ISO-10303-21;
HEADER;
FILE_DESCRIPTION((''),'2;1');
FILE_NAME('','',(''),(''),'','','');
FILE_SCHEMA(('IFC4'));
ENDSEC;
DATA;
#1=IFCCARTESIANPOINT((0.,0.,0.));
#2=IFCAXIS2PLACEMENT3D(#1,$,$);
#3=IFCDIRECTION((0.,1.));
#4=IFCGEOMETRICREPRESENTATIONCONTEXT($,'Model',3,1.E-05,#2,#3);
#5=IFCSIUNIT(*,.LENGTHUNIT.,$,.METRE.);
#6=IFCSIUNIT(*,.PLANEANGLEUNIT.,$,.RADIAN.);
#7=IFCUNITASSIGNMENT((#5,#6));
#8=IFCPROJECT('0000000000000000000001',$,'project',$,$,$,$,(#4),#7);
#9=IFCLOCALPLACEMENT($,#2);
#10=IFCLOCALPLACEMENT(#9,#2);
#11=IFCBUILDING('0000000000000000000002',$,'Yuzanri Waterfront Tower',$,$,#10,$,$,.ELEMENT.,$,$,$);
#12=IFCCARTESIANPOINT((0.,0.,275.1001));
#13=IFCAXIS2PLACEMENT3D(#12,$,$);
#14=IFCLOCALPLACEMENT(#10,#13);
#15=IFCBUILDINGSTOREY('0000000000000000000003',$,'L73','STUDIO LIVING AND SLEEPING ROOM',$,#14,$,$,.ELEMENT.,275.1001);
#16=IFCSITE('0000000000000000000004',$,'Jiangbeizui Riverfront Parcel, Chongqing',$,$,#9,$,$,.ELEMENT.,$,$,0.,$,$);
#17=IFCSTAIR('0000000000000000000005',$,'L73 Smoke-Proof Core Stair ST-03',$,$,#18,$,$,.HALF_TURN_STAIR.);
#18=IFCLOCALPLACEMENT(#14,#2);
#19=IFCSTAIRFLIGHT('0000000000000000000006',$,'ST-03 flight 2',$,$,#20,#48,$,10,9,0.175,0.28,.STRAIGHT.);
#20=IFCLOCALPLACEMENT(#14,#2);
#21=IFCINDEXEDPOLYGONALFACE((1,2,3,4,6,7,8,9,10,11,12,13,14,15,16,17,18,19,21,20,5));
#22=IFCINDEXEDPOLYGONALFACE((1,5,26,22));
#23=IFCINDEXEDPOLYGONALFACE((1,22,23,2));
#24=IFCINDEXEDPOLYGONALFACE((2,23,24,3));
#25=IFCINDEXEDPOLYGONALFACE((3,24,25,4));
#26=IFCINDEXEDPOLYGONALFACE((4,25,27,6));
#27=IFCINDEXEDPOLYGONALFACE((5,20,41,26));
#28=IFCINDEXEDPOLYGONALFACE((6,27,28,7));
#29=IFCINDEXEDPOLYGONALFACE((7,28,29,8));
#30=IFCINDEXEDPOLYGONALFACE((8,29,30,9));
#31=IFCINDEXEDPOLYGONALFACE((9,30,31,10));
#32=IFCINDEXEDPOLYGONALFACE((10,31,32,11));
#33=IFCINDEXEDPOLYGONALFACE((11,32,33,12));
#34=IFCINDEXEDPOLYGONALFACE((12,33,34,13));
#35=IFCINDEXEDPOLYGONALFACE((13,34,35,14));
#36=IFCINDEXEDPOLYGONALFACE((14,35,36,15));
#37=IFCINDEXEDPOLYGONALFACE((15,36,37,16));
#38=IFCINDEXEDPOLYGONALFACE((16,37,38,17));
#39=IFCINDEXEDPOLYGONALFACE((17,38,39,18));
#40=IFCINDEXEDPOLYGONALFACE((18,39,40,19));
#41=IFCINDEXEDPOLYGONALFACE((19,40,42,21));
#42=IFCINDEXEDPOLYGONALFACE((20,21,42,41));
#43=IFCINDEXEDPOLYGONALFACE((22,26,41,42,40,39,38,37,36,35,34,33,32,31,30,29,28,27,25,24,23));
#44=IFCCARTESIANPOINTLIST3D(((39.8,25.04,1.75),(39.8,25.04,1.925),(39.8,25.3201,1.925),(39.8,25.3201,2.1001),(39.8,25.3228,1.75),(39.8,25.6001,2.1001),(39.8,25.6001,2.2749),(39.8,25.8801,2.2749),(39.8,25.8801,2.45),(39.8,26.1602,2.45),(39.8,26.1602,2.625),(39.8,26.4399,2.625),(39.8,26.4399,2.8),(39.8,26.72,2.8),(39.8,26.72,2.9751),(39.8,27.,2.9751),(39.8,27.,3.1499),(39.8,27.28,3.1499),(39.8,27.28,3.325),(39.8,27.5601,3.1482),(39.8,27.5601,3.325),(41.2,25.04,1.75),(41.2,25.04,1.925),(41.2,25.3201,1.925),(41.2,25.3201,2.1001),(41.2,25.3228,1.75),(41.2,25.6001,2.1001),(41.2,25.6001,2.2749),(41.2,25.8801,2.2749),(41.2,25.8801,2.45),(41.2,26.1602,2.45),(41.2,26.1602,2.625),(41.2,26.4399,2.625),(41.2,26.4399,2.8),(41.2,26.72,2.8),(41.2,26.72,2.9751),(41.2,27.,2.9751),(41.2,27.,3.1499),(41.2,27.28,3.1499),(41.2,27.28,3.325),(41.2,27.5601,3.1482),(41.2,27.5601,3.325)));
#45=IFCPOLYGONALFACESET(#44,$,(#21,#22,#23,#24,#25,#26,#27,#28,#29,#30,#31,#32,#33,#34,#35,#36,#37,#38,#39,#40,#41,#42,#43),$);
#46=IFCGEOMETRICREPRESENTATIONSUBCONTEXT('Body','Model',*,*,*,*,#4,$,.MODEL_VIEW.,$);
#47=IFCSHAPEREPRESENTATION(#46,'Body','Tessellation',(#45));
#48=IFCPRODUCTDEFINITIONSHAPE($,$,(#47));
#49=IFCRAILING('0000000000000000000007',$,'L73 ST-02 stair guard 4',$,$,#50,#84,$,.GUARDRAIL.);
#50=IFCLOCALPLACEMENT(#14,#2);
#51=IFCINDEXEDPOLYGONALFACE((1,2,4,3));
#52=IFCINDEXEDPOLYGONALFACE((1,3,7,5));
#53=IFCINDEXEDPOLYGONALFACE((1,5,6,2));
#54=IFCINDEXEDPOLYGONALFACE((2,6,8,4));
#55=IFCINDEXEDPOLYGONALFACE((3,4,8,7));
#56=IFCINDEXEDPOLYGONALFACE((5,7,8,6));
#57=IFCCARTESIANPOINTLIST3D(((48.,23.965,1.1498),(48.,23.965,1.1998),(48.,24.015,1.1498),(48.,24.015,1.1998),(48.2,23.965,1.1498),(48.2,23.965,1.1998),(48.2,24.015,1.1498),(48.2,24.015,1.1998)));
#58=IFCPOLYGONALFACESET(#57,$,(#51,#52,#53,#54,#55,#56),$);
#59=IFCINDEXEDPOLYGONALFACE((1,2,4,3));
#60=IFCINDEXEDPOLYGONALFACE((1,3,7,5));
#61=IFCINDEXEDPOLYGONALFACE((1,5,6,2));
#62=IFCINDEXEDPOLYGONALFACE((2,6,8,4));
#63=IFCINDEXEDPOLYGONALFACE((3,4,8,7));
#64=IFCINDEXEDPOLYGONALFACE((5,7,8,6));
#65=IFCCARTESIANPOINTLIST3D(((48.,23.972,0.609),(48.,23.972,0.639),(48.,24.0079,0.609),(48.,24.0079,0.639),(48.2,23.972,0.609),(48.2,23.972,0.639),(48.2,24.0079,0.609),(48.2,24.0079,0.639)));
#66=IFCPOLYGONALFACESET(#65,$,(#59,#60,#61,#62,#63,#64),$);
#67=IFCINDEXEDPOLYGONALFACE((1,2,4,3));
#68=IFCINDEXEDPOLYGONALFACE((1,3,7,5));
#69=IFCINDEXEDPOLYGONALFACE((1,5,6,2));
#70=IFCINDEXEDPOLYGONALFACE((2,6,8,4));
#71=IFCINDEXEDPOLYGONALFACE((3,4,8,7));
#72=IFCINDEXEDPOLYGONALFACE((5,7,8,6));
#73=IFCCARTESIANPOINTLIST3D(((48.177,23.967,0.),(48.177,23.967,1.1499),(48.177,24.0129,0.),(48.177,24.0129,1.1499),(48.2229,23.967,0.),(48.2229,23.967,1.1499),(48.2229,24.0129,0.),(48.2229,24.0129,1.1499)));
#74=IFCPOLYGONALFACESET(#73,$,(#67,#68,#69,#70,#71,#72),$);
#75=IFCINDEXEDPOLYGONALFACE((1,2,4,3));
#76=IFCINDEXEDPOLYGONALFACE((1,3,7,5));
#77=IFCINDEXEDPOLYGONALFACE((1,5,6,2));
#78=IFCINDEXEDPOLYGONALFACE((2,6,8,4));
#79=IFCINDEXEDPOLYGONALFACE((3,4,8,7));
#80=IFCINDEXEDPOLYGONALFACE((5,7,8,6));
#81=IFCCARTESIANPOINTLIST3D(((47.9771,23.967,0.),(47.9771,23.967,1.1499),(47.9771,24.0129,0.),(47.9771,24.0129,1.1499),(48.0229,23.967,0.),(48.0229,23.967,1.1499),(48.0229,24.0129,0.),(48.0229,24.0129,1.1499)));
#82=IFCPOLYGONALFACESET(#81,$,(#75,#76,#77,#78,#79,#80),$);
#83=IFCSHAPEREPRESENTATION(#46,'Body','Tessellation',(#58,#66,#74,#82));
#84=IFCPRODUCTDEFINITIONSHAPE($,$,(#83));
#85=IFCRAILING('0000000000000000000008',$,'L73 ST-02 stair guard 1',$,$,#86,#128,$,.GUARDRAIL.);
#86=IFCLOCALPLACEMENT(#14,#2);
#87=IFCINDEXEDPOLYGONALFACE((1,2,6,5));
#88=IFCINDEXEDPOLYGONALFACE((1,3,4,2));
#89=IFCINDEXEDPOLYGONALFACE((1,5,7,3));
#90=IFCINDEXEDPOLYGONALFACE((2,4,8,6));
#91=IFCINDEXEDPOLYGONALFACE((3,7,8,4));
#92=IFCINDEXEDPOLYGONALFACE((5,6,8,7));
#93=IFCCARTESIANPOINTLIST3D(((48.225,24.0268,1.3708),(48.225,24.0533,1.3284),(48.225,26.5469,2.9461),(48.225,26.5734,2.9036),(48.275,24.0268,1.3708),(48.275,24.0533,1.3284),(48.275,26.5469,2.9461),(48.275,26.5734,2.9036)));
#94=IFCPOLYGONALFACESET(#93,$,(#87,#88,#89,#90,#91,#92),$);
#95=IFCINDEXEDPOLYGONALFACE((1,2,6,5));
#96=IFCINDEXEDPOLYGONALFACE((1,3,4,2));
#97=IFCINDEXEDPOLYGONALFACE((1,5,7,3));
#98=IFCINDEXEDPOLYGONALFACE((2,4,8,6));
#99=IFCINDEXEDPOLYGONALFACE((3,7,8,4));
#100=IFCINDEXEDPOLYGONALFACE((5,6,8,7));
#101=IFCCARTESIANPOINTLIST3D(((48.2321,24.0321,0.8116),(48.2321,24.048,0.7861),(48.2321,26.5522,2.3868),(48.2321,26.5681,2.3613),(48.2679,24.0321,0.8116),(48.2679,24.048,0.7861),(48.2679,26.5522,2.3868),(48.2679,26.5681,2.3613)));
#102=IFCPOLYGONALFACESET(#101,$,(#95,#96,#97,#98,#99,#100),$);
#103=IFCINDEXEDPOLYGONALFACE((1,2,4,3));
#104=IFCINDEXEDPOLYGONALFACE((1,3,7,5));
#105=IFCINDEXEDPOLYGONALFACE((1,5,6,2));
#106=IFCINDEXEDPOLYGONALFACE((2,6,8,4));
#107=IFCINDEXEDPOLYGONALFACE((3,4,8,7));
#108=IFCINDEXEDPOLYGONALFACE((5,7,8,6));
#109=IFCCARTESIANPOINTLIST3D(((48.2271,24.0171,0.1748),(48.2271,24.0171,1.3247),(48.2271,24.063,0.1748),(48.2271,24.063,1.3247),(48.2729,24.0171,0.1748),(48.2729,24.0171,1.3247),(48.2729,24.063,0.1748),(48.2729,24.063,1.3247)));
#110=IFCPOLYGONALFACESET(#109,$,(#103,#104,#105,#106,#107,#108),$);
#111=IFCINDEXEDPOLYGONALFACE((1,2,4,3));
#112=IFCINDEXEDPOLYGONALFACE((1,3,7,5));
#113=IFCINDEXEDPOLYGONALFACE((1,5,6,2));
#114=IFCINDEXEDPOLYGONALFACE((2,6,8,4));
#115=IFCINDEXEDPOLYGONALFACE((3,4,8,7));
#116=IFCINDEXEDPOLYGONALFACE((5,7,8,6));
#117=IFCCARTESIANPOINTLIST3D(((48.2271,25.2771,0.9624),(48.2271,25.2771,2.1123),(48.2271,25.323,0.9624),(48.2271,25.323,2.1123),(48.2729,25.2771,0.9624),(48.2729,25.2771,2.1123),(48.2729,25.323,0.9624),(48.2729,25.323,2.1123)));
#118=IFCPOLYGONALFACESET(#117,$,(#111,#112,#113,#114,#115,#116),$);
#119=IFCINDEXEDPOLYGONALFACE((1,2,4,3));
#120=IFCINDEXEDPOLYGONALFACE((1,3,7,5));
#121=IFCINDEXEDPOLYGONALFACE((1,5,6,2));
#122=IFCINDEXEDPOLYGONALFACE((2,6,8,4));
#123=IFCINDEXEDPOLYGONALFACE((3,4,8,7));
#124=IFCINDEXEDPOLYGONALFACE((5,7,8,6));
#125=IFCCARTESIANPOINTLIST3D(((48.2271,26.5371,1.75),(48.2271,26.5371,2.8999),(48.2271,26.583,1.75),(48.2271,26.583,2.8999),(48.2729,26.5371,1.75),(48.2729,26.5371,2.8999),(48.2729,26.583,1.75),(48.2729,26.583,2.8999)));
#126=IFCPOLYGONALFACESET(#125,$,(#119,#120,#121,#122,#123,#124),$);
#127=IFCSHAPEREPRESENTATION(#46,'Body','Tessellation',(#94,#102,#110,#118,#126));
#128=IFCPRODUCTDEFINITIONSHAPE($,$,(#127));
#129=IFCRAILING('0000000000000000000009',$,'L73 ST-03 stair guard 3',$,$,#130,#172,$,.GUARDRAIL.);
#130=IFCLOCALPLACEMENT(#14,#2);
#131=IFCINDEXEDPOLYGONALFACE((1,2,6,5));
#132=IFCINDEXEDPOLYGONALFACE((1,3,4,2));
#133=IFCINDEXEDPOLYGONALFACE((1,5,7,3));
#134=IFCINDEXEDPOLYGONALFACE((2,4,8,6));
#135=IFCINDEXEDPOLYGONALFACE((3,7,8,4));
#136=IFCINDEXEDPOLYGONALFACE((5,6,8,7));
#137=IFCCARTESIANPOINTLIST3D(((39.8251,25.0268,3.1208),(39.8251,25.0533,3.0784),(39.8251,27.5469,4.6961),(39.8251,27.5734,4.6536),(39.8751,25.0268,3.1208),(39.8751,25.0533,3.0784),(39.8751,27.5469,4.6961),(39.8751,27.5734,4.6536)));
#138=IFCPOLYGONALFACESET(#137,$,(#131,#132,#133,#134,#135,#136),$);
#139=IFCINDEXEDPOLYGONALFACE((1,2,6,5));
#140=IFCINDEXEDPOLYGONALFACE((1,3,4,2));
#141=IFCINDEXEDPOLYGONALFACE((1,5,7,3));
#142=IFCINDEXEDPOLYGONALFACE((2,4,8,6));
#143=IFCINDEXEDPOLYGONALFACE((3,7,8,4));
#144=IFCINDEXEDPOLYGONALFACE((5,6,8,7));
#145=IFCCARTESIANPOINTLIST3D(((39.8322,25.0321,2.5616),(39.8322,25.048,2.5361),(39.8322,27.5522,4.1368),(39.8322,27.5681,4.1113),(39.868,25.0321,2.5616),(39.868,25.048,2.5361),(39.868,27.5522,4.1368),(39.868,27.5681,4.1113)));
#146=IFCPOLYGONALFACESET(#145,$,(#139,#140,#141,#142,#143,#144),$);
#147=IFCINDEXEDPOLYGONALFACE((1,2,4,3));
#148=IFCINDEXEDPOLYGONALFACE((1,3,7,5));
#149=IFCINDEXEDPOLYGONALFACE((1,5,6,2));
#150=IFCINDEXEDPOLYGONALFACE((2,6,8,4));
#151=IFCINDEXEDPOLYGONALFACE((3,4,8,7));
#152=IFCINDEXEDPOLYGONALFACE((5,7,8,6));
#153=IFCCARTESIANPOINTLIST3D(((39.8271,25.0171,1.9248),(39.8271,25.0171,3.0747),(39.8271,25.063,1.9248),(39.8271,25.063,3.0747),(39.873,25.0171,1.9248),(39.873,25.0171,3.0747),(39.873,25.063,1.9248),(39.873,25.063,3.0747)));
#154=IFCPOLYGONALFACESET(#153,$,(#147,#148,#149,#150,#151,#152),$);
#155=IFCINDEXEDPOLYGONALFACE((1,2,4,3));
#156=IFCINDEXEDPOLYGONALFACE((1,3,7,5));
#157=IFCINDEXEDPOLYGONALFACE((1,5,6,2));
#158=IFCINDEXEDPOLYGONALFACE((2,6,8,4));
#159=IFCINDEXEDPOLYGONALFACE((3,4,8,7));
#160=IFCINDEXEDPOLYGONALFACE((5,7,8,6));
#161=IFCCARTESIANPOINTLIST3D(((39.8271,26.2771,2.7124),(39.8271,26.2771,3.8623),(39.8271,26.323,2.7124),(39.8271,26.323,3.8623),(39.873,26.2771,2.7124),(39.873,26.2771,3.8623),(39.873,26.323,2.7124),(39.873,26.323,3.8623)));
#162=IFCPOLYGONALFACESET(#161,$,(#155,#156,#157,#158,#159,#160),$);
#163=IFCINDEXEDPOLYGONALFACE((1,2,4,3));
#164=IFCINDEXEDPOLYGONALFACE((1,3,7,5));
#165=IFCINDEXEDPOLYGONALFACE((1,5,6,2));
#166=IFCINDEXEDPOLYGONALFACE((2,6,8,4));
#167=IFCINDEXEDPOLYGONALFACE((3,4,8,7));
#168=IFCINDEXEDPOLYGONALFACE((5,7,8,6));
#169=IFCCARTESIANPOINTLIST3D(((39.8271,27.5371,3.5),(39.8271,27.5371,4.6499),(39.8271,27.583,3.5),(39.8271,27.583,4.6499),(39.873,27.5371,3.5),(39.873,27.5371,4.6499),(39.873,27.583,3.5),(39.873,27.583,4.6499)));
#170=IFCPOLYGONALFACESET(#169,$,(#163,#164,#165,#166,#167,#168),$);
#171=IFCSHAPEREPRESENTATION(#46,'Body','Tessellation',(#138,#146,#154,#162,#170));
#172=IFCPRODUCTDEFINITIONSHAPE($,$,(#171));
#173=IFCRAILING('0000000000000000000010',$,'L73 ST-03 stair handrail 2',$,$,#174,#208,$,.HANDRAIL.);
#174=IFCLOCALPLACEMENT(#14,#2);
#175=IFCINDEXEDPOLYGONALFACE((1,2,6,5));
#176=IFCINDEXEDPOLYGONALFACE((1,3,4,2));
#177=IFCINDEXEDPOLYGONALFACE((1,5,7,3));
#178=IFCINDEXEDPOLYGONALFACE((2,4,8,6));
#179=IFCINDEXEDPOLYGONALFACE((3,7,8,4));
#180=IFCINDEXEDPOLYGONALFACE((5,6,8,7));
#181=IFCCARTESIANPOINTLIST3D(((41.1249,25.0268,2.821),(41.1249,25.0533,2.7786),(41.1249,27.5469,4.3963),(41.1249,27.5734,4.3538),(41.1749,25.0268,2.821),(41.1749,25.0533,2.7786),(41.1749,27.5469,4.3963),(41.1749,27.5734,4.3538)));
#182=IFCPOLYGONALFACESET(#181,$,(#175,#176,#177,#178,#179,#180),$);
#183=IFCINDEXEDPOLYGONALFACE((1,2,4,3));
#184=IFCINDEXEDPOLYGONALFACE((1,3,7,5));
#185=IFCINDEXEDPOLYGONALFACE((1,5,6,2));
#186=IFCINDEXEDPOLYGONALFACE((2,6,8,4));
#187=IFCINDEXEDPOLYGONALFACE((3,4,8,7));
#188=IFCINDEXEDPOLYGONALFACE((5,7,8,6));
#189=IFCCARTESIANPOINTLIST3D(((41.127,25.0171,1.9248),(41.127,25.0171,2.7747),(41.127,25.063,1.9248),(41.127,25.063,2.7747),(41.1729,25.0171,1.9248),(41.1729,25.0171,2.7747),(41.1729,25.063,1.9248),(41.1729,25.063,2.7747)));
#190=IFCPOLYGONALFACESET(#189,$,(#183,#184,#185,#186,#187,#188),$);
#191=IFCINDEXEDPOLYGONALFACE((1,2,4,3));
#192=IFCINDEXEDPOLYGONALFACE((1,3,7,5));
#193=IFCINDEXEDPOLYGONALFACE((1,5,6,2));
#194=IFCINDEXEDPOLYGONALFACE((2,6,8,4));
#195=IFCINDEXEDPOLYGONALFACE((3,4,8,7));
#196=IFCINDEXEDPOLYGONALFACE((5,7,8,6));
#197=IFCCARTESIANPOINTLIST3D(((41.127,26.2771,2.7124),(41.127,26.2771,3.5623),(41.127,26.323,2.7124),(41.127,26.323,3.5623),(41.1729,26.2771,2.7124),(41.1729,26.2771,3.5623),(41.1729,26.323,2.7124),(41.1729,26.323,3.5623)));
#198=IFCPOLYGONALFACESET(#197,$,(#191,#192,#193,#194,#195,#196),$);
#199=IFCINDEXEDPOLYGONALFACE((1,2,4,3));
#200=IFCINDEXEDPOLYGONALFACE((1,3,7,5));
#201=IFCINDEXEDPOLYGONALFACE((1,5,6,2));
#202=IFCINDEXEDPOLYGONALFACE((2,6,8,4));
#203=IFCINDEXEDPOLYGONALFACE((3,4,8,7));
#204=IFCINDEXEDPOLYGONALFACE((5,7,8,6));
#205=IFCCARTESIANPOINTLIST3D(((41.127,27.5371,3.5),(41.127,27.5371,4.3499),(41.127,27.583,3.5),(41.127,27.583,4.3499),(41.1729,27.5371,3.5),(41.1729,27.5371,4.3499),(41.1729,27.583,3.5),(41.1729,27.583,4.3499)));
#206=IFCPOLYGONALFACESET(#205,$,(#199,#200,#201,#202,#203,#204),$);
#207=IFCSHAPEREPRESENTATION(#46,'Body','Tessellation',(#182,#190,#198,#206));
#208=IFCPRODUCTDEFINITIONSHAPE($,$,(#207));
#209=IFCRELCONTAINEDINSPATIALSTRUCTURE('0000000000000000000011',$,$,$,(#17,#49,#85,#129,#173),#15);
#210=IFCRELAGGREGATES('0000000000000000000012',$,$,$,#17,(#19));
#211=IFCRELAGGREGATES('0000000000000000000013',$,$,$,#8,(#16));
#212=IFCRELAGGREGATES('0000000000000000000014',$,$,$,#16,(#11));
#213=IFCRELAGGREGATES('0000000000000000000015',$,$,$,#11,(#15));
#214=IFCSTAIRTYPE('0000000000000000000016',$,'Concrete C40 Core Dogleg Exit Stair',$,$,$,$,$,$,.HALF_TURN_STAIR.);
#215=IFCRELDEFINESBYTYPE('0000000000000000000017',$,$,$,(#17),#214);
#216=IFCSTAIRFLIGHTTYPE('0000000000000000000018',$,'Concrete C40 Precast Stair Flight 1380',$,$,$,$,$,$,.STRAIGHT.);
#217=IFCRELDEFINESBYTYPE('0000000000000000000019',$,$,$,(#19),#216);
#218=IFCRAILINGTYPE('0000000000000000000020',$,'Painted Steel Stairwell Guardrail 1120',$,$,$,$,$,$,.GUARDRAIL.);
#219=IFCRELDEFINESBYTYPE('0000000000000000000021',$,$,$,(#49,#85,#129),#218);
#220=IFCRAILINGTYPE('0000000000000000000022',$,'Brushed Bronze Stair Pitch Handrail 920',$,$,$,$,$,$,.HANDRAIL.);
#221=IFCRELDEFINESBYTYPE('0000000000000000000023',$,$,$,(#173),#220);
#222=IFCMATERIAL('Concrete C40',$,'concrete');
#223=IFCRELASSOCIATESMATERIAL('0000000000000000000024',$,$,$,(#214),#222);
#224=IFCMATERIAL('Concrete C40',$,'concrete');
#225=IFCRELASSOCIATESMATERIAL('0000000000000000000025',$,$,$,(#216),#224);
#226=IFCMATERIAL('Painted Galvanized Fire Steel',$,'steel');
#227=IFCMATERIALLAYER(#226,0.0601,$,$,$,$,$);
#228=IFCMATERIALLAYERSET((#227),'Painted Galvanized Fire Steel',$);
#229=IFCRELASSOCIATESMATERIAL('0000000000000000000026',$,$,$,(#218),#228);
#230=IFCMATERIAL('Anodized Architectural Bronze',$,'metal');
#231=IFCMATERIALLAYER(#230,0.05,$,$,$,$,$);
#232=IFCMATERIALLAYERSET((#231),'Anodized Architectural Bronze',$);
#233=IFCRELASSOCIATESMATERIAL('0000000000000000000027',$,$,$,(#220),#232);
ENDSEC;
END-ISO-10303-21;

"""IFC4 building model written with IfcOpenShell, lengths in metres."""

from ifc_helpers import new_model, si_unit, direction, frame, origin, origin_2d, place, context, subcontext, project, spatial, polyline, rectangle, outline, extrude, source, transform, mapped, material, layer, layer_set, type_object, element, aggregate, save


model = new_model("IFC4")

# Units and contexts
model_context = context("Model", 3, precision=1e-05, world=origin(), true_north=direction((0.0, 1.0)))
body_context = subcontext(model_context, "Body", "Model", "MODEL_VIEW")
ifc_project = project(units=[si_unit("LENGTHUNIT", "METRE"), si_unit("PLANEANGLEUNIT", "RADIAN")], contexts=[model_context])

# Site, building, storey
site_placement = place(None, origin())
site = spatial("IfcSite", under=ifc_project, at=site_placement, Name="Jiangbeizui Riverfront Parcel, Chongqing", CompositionType="ELEMENT", RefElevation=0.0)
building_placement = place(site_placement, origin())
building = spatial("IfcBuilding", under=site, at=building_placement, Name="Yuzanri Waterfront Tower", CompositionType="ELEMENT")
storey_placement = place(building_placement, frame((0.0, 0.0, 275.1001)))
storey = spatial("IfcBuildingStorey", under=building, at=storey_placement, Name="L73", Description="STUDIO LIVING AND SLEEPING ROOM", CompositionType="ELEMENT", Elevation=275.1001)

# Stair, stair flight
ifc_material_1 = material(Name="Concrete C40", Category="concrete")
stair_type = type_object("IfcStairType", Name="Concrete C40 Core Dogleg Exit Stair", PredefinedType="HALF_TURN_STAIR", material=ifc_material_1)
stair_placement = place(storey_placement, origin())
stair = element("IfcStair", 1, at=stair_placement, inside=storey, type_object=stair_type, Name="L73 Smoke-Proof Core Stair ST-03", PredefinedType="HALF_TURN_STAIR")
ifc_material_2 = material(Name="Concrete C40", Category="concrete")
stair_flight_type = type_object("IfcStairFlightType", Name="Concrete C40 Precast Stair Flight 1380", PredefinedType="STRAIGHT", material=ifc_material_2)
shared_shape_1 = source(origin(), body_context, "Body", "SweptSolid", [
    extrude(outline(polyline([(0.0, 0.0), (0.0, 0.175), (0.28, 0.175), (0.28, 0.3501), (0.5601, 0.3501), (0.5601, 0.5249), (0.8401, 0.5249), (0.8401, 0.7), (1.1201, 0.7), (1.1201, 0.875), (1.3999, 0.875), (1.3999, 1.05), (1.6799, 1.05), (1.6799, 1.2251), (1.96, 1.2251), (1.96, 1.3999), (2.24, 1.3999), (2.24, 1.575), (2.52, 1.575), (2.52, 1.75), (2.52, 1.3982), (0.2827, 0.0), (0.0, 0.0)])), frame((0.0, 0.7, 0.0), z_axis=(0.0, -1.0, 0.0), x_axis=(1.0, 0.0, 0.0)), (0.0, 0.0, 1.0), 1.3999),
])
stair_flight_placement = place(storey_placement, frame((40.5, 25.04, 1.75), z_axis=(0.0, 0.0, 1.0), x_axis=(0.0, 1.0, 0.0)))
stair_flight = element("IfcStairFlight", 2, at=stair_flight_placement, type_object=stair_flight_type, Name="ST-03 flight 2", NumberOfRisers=10, NumberOfTreads=9, PredefinedType="STRAIGHT", RiserHeight=0.175, TreadLength=0.28, context=body_context, shape_type="MappedRepresentation", body=[
    mapped(shared_shape_1, transform((0.0, 0.0, 0.0), scale=1.0)),
])
aggregate(stair, [stair_flight])

# Railings
ifc_material_3 = material(Name="Painted Galvanized Fire Steel", Category="steel")
ifc_layer_1 = layer(ifc_material_3, 0.0601)
ifc_layer_set_1 = layer_set([ifc_layer_1], Name="Painted Galvanized Fire Steel")
railing_type_1 = type_object("IfcRailingType", Name="Painted Steel Stairwell Guardrail 1120", PredefinedType="GUARDRAIL", material=ifc_layer_set_1)
shared_shape_2 = source(origin(), body_context, "Body", "SweptSolid", [
    extrude(rectangle(XDim=0.05, YDim=0.05, at=origin_2d()), frame((0.0, 0.0, 1.1748), z_axis=(-1.0, 0.0, 0.0), x_axis=(0.0, -1.0, 0.0)), (0.0, 0.0, 1.0), 0.2),
    extrude(rectangle(XDim=0.0359, YDim=0.03, at=origin_2d()), frame((0.0, 0.0, 0.624), z_axis=(-1.0, 0.0, 0.0), x_axis=(0.0, -1.0, 0.0)), (0.0, 0.0, 1.0), 0.2),
    extrude(rectangle(XDim=0.0459, YDim=0.0459, at=origin_2d()), origin(), (0.0, 0.0, 1.0), 1.1499),
    extrude(rectangle(XDim=0.0459, YDim=0.0459, at=origin_2d()), frame((-0.2, 0.0, 0.0)), (0.0, 0.0, 1.0), 1.1499),
])
railing_1_placement = place(storey_placement, frame((48.2, 23.99, 0.0)))
element("IfcRailing", 3, at=railing_1_placement, inside=storey, type_object=railing_type_1, Name="L73 ST-02 stair guard 4", PredefinedType="GUARDRAIL", context=body_context, shape_type="MappedRepresentation", body=[
    mapped(shared_shape_2, transform((0.0, 0.0, 0.0), scale=1.0)),
])
shared_shape_3 = source(origin(), body_context, "Body", "SweptSolid", [
    extrude(rectangle(XDim=0.05, YDim=0.05, at=origin_2d()), frame((0.0, 0.0, 1.1748), z_axis=(0.0, 0.847971, 0.530043), x_axis=(-1.0, 0.0, 0.0)), (0.0, 0.0, 1.0), 2.9719),
    extrude(rectangle(XDim=0.0359, YDim=0.03, at=origin_2d()), frame((0.0, 0.0, 0.624), z_axis=(0.0, 0.847971, 0.530043), x_axis=(-1.0, 0.0, 0.0)), (0.0, 0.0, 1.0), 2.9719),
    extrude(rectangle(XDim=0.0459, YDim=0.0459, at=origin_2d()), origin(), (0.0, 0.0, 1.0), 1.1499),
    extrude(rectangle(XDim=0.0459, YDim=0.0459, at=origin_2d()), frame((0.0, 1.26, 0.7876)), (0.0, 0.0, 1.0), 1.1499),
    extrude(rectangle(XDim=0.0459, YDim=0.0459, at=origin_2d()), frame((0.0, 2.52, 1.5752)), (0.0, 0.0, 1.0), 1.1499),
])
for number, where, name in (
    (4, (48.25, 24.04, 0.1748), "L73 ST-02 stair guard 1"),
    (5, (39.8501, 25.04, 1.9248), "L73 ST-03 stair guard 3"),
):
    element("IfcRailing", number, at=place(storey_placement, frame(where)), inside=storey, type_object=railing_type_1, Name=name, PredefinedType="GUARDRAIL", context=body_context, shape_type="MappedRepresentation", body=[
        mapped(shared_shape_3, transform((0.0, 0.0, 0.0), scale=1.0)),
    ])
ifc_material_4 = material(Name="Anodized Architectural Bronze", Category="metal")
ifc_layer_2 = layer(ifc_material_4, 0.05)
ifc_layer_set_2 = layer_set([ifc_layer_2], Name="Anodized Architectural Bronze")
railing_type_2 = type_object("IfcRailingType", Name="Brushed Bronze Stair Pitch Handrail 920", PredefinedType="HANDRAIL", material=ifc_layer_set_2)
shared_shape_4 = source(origin(), body_context, "Body", "SweptSolid", [
    extrude(rectangle(XDim=0.05, YDim=0.05, at=origin_2d()), frame((0.0, 0.0, 0.875), z_axis=(0.0, 0.847971, 0.530043), x_axis=(-1.0, 0.0, 0.0)), (0.0, 0.0, 1.0), 2.9719),
    extrude(rectangle(XDim=0.0459, YDim=0.0459, at=origin_2d()), origin(), (0.0, 0.0, 1.0), 0.8499),
    extrude(rectangle(XDim=0.0459, YDim=0.0459, at=origin_2d()), frame((0.0, 1.26, 0.7876)), (0.0, 0.0, 1.0), 0.8499),
    extrude(rectangle(XDim=0.0459, YDim=0.0459, at=origin_2d()), frame((0.0, 2.52, 1.5752)), (0.0, 0.0, 1.0), 0.8499),
])
railing_2_placement = place(storey_placement, frame((41.1499, 25.04, 1.9248)))
element("IfcRailing", 6, at=railing_2_placement, inside=storey, type_object=railing_type_2, Name="L73 ST-03 stair handrail 2", PredefinedType="HANDRAIL", context=body_context, shape_type="MappedRepresentation", body=[
    mapped(shared_shape_4, transform((0.0, 0.0, 0.0), scale=1.0)),
])

save(model, "model.ifc")
